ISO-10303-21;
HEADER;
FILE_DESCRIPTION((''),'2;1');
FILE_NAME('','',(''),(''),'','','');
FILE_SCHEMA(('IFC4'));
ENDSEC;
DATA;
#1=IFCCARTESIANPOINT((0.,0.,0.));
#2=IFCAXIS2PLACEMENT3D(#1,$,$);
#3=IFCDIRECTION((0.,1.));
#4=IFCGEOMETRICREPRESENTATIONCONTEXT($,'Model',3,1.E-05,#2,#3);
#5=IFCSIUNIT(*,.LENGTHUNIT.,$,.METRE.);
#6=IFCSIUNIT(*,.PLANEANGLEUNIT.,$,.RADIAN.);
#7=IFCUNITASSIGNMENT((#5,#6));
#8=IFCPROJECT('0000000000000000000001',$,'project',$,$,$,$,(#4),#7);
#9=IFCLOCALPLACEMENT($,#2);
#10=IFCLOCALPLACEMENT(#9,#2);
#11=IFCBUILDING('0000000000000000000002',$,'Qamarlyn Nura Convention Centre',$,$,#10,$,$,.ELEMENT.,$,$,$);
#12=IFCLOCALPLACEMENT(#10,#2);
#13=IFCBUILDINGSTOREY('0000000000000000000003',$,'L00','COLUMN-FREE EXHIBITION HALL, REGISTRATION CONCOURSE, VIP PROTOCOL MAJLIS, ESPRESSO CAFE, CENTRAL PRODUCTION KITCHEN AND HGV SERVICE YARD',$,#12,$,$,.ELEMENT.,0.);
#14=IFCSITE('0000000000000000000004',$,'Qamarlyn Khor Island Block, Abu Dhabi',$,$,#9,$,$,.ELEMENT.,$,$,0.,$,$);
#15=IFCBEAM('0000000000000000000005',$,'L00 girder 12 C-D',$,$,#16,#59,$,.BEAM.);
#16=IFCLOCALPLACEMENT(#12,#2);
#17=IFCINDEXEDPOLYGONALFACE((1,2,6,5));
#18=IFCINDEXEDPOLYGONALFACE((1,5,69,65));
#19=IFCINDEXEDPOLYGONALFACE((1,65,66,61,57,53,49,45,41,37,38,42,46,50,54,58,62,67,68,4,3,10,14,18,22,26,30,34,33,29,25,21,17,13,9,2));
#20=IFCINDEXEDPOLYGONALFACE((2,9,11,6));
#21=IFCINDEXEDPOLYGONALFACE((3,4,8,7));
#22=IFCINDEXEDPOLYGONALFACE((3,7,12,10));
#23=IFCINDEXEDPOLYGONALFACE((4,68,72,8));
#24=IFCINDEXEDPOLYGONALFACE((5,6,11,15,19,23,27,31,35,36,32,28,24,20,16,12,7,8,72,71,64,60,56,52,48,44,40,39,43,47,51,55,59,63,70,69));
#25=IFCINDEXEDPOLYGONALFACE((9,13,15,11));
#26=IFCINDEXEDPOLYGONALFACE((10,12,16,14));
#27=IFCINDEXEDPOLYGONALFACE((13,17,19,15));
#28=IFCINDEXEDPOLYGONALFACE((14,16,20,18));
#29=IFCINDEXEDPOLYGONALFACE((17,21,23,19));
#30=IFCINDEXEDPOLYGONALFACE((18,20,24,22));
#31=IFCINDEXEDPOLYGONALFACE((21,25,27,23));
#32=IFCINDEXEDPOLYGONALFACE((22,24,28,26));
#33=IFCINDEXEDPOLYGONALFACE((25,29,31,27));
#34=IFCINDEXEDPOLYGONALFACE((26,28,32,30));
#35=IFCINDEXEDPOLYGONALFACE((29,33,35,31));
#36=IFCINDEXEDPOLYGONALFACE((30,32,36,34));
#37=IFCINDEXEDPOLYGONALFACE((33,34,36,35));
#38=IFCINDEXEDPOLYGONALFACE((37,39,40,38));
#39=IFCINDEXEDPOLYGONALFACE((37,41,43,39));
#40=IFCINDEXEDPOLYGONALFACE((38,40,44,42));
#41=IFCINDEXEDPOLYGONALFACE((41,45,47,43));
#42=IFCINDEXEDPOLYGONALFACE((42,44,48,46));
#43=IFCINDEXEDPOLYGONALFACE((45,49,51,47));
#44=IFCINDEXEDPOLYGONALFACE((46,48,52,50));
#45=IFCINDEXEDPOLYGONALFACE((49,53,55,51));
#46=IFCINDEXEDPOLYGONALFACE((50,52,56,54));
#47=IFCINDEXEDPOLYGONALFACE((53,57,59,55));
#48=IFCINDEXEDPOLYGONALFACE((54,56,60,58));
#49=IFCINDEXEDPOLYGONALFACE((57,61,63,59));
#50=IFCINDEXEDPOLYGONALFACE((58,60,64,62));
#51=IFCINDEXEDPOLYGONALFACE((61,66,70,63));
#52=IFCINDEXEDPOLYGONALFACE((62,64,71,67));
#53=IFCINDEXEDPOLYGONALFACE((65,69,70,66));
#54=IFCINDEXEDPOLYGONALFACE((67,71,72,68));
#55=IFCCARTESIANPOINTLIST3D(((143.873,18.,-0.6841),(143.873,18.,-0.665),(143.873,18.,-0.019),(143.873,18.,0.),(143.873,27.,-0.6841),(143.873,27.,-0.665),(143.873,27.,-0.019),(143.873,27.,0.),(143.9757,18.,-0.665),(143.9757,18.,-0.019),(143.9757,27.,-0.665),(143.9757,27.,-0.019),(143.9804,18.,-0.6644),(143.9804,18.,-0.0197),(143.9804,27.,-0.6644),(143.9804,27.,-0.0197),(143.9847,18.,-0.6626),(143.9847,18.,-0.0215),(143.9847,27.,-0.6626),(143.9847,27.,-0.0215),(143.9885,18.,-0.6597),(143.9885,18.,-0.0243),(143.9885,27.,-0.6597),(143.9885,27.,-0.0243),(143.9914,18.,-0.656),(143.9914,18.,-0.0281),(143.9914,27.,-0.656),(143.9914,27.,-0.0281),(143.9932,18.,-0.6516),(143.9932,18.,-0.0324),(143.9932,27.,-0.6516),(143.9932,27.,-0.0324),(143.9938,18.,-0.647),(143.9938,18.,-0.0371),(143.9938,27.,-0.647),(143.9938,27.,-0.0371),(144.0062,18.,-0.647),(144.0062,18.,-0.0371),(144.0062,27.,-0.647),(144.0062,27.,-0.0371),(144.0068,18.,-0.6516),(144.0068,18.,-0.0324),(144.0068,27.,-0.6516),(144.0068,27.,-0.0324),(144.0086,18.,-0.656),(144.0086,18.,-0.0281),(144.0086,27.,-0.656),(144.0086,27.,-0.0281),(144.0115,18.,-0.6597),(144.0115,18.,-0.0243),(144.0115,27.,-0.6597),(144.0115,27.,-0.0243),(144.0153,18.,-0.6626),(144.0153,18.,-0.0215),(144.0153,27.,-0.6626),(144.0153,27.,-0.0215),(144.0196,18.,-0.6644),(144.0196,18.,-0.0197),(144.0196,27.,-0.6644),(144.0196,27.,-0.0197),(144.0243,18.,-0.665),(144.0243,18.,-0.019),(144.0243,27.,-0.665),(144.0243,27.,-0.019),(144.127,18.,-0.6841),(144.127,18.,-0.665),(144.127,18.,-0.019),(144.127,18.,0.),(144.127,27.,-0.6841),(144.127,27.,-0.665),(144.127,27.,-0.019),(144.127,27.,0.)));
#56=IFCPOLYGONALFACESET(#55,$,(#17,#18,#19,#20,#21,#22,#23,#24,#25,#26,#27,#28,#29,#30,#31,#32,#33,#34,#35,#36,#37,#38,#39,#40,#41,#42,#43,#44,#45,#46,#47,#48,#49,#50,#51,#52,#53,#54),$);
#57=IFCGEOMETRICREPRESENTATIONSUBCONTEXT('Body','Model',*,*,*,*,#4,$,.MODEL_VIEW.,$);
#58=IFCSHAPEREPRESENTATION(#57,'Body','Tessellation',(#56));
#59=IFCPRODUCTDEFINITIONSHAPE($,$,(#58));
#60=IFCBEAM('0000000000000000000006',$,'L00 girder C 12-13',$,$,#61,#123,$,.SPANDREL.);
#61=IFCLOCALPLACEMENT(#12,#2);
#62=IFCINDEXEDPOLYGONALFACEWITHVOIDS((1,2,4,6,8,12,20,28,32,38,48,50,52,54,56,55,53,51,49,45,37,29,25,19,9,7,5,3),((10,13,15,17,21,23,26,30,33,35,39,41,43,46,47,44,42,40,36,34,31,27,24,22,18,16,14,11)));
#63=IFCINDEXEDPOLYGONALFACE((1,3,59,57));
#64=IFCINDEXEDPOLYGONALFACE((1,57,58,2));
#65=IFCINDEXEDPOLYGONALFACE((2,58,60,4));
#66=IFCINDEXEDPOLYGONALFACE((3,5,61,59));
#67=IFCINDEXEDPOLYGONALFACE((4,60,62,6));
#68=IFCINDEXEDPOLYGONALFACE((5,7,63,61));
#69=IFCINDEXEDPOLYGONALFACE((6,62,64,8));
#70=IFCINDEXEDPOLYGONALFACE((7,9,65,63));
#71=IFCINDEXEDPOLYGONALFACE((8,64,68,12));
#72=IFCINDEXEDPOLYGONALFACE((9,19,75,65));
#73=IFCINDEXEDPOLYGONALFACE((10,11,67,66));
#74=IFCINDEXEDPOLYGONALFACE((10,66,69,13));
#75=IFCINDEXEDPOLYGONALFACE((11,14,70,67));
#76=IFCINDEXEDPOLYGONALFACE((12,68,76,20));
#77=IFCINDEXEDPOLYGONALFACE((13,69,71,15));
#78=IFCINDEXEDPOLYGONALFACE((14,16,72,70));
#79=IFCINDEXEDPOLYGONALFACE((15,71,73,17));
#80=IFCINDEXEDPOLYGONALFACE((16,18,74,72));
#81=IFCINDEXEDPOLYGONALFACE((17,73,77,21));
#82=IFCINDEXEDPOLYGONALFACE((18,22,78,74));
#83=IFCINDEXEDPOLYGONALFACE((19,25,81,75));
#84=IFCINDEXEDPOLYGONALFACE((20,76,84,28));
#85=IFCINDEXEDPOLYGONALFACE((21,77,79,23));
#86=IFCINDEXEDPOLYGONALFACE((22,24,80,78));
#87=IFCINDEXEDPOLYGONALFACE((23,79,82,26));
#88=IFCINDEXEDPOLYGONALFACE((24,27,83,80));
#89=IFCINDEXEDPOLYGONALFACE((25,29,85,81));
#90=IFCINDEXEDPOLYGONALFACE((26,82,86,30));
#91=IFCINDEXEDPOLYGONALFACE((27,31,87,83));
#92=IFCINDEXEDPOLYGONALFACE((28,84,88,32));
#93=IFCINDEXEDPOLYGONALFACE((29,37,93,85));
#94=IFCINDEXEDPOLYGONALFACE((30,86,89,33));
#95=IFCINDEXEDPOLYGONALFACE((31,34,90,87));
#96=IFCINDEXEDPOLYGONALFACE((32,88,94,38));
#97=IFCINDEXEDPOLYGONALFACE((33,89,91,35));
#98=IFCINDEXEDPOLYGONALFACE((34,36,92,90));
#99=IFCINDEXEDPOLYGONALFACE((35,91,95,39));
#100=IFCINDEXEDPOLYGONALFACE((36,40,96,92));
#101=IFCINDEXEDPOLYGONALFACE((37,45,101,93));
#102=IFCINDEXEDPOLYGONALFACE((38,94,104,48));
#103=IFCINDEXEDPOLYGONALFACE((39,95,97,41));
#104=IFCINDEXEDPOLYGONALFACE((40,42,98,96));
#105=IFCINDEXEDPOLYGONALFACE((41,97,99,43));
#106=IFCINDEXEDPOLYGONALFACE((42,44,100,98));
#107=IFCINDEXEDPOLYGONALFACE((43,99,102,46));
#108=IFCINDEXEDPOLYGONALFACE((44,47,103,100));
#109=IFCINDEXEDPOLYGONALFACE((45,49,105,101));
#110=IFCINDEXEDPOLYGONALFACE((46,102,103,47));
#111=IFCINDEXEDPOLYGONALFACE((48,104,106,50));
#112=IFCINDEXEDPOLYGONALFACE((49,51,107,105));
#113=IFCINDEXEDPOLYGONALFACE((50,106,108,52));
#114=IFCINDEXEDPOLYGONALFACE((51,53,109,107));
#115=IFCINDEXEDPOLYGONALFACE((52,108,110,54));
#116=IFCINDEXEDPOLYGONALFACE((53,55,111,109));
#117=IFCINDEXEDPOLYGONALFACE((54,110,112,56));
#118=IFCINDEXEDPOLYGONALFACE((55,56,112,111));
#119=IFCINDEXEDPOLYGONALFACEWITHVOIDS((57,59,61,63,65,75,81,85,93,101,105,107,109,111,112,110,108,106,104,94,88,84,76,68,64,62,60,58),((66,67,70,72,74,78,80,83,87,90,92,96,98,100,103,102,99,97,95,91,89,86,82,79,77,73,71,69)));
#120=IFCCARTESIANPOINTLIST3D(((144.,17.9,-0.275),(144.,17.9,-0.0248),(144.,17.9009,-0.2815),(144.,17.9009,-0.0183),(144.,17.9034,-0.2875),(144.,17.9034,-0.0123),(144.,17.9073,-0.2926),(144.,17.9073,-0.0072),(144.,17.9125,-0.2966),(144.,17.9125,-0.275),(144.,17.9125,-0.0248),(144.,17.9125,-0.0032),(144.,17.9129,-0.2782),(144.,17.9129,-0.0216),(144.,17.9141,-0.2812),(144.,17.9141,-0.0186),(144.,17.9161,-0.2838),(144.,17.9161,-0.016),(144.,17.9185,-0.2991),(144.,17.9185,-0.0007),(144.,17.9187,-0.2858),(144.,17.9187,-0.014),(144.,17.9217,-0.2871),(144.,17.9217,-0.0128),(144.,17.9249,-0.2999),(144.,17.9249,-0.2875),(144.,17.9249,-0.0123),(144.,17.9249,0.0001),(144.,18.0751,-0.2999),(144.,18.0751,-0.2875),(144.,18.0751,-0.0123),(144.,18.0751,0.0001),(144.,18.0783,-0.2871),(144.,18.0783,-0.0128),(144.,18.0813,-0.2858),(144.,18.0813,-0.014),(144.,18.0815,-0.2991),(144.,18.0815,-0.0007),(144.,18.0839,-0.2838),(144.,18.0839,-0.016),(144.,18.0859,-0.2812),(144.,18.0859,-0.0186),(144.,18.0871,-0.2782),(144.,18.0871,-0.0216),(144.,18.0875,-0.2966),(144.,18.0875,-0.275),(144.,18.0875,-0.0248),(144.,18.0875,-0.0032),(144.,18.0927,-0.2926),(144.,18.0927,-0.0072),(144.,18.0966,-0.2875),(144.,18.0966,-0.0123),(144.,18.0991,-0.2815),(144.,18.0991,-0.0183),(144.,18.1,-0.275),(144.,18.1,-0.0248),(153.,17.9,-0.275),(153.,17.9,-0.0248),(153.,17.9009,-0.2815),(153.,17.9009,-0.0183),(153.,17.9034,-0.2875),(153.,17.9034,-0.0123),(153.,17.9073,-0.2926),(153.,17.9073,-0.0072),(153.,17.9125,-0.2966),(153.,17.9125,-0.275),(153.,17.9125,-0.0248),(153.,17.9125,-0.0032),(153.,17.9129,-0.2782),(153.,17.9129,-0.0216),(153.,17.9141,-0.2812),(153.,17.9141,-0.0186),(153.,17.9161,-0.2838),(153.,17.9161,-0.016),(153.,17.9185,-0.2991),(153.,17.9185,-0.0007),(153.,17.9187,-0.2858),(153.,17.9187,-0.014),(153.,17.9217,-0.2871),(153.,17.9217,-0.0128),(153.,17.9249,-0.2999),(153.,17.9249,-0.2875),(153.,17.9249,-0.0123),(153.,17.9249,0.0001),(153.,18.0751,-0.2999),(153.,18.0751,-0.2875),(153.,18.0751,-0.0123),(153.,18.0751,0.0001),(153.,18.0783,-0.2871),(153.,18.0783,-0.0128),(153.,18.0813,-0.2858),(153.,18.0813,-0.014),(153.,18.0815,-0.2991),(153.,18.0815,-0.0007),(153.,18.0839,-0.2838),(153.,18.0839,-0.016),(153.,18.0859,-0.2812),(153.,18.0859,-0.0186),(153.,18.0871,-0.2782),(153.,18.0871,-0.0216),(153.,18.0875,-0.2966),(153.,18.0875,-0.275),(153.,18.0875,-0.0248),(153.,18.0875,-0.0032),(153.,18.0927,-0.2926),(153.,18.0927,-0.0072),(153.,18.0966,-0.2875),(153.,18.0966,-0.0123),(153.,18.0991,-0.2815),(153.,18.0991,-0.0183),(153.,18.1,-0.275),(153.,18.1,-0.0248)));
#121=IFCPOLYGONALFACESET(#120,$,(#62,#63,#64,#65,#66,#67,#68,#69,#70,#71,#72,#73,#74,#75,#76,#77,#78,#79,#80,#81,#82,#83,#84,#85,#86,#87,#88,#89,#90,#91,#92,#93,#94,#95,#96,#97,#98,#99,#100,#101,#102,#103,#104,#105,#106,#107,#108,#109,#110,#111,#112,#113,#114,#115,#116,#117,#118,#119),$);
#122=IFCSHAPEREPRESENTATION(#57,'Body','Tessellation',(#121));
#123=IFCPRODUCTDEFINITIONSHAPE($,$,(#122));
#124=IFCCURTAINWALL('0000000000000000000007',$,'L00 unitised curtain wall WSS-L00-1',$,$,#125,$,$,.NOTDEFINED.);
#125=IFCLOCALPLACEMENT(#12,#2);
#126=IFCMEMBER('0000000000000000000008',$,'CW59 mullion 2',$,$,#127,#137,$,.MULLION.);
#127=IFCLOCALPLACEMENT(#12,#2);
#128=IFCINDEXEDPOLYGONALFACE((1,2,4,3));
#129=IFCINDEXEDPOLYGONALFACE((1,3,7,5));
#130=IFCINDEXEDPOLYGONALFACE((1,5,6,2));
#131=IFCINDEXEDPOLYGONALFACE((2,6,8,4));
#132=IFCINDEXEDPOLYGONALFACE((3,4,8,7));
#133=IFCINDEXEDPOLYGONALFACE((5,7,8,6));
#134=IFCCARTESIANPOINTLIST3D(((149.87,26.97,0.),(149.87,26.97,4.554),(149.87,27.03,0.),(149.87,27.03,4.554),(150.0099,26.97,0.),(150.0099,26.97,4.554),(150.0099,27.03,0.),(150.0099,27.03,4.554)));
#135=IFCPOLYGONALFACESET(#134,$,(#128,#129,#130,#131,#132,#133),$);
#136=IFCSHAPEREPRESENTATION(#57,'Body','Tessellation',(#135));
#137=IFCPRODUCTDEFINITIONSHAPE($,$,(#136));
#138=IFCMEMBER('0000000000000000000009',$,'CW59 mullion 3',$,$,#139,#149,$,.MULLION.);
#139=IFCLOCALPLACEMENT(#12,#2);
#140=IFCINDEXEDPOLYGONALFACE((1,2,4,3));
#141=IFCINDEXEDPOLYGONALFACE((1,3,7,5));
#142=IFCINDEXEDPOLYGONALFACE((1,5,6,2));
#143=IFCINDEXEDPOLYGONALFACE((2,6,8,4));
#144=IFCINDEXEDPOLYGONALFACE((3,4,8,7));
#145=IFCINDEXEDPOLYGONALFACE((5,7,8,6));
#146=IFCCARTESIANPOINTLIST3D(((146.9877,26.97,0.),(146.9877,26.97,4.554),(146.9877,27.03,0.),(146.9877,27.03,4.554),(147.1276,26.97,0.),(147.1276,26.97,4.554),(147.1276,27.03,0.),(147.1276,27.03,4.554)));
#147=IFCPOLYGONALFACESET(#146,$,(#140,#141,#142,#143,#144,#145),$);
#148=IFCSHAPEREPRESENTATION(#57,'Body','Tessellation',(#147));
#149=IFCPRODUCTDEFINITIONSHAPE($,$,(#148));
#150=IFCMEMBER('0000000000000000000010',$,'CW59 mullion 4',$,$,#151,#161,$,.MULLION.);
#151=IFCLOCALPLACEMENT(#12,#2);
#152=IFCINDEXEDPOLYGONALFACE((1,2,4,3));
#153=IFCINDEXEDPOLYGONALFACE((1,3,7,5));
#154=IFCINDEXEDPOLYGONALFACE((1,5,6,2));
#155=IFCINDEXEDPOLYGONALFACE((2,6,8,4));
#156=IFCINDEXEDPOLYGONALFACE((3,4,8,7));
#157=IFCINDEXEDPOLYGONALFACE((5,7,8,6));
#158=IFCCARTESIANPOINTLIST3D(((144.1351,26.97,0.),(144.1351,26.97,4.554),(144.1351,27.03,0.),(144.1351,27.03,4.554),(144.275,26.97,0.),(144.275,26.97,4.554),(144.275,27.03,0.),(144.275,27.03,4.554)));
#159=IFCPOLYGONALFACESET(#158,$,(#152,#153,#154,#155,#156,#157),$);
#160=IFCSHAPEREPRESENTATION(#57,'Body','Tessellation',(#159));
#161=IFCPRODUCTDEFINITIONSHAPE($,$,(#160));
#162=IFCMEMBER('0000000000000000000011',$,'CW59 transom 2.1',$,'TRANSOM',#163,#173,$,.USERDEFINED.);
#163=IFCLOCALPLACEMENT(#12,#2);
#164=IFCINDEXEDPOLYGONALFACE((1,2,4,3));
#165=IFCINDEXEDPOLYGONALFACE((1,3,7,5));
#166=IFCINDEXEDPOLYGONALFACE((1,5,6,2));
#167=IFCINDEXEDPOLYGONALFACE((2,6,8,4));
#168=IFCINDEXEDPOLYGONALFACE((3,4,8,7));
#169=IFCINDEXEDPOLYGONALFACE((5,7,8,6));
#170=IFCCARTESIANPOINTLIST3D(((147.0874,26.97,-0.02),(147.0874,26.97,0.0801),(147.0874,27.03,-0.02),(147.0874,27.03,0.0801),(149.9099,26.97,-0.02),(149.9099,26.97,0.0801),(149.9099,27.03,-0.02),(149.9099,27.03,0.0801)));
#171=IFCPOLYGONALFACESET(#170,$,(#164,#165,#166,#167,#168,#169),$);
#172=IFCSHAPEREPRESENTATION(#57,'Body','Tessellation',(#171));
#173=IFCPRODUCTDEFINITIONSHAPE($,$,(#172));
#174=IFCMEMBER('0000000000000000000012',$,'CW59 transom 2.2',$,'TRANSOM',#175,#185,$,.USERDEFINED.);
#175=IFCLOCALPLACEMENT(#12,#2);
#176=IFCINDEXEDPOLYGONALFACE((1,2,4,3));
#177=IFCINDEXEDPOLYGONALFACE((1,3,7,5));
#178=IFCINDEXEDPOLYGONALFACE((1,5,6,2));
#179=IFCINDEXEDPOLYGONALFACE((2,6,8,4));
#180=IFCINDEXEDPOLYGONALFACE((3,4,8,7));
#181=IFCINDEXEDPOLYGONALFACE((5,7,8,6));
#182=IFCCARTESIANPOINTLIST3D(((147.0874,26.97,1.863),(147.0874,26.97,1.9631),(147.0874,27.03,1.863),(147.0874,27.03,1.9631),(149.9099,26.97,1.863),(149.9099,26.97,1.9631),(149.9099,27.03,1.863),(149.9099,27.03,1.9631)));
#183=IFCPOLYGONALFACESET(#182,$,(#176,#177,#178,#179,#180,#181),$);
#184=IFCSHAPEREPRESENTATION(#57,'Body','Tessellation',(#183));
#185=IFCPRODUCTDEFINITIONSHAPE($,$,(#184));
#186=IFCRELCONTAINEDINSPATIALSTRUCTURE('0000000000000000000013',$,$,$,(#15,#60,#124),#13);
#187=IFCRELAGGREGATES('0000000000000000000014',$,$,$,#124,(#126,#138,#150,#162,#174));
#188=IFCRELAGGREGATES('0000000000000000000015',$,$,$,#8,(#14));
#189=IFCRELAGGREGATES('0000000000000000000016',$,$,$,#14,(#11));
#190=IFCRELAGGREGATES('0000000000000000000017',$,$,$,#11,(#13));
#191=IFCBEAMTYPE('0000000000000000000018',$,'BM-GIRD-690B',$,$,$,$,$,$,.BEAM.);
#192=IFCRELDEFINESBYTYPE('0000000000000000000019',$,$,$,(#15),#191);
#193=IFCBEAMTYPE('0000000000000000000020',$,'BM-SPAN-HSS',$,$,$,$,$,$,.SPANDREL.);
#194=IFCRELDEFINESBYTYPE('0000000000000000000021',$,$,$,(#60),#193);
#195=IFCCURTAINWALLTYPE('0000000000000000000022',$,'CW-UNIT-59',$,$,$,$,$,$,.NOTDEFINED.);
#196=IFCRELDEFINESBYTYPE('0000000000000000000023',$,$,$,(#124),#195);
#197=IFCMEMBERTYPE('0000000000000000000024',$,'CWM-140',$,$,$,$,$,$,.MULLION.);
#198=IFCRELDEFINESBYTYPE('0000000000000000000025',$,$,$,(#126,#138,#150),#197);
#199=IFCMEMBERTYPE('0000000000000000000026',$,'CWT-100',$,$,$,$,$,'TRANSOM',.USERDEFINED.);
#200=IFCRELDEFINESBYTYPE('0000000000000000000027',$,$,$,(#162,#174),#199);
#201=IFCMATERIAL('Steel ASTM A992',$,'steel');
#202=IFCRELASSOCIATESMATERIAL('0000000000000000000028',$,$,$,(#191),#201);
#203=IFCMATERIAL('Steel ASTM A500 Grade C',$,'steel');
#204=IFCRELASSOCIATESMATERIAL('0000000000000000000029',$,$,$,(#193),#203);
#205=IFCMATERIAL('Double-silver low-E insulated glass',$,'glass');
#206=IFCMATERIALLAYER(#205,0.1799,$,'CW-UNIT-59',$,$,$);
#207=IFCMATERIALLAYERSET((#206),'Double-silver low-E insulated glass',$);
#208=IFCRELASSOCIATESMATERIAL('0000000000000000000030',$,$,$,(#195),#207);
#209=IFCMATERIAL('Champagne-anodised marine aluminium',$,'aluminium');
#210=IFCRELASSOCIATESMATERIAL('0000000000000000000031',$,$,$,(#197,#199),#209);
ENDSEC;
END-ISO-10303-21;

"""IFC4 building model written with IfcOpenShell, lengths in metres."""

from ifc_helpers import new_model, si_unit, direction, frame, origin, origin_2d, place, context, subcontext, project, spatial, rectangle, hollow_rectangle, i_section, extrude, material, layer, layer_set, material_profile, profile_set, type_object, element, aggregate, save


model = new_model("IFC4")

# Units and contexts
model_context = context("Model", 3, precision=1e-05, world=origin(), true_north=direction((0.0, 1.0)))
body_context = subcontext(model_context, "Body", "Model", "MODEL_VIEW")
ifc_project = project(units=[si_unit("LENGTHUNIT", "METRE"), si_unit("PLANEANGLEUNIT", "RADIAN")], contexts=[model_context])

# Site, building, storey
site_placement = place(None, origin())
site = spatial("IfcSite", under=ifc_project, at=site_placement, Name="Qamarlyn Khor Island Block, Abu Dhabi", CompositionType="ELEMENT", RefElevation=0.0)
building_placement = place(site_placement, origin())
building = spatial("IfcBuilding", under=site, at=building_placement, Name="Qamarlyn Nura Convention Centre", CompositionType="ELEMENT")
storey_placement = place(building_placement, origin())
storey = spatial("IfcBuildingStorey", under=building, at=storey_placement, Name="L00", Description="COLUMN-FREE EXHIBITION HALL, REGISTRATION CONCOURSE, VIP PROTOCOL MAJLIS, ESPRESSO CAFE, CENTRAL PRODUCTION KITCHEN AND HGV SERVICE YARD", CompositionType="ELEMENT", Elevation=0.0)

# Shared definitions
ifc_material_1 = material(Name="Steel ASTM A500 Grade C", Category="steel")

# Beams
ifc_material_2 = material(Name="Steel ASTM A992", Category="steel")
ifc_material_profile_1 = material_profile(ifc_material_2, i_section(OverallWidth=0.2539, OverallDepth=0.6841, WebThickness=0.0125, FlangeThickness=0.019, FilletRadius=0.0181, at=origin_2d()), Name="W690X140")
ifc_profile_set_1 = profile_set([ifc_material_profile_1], Name="Steel ASTM A992")
beam_type_1 = type_object("IfcBeamType", Name="BM-GIRD-690B", PredefinedType="BEAM", material=ifc_profile_set_1)
beam_1_placement = place(storey_placement, frame((144.0, 18.0, -0.342), z_axis=(0.0, 1.0, 0.0), x_axis=(-1.0, 0.0, 0.0)))
element("IfcBeam", 1, at=beam_1_placement, inside=storey, type_object=beam_type_1, Name="L00 girder 12 C-D", PredefinedType="BEAM", context=body_context, shape_type="SweptSolid", body=[
    extrude(i_section(OverallWidth=0.2539, OverallDepth=0.6841, WebThickness=0.0125, FlangeThickness=0.019, FilletRadius=0.0181, at=origin_2d()), origin(), (0.0, 0.0, 1.0), 9.0),
])
ifc_material_profile_2 = material_profile(ifc_material_1, hollow_rectangle(XDim=0.2, YDim=0.3, WallThickness=0.0125, InnerFilletRadius=0.0125, OuterFilletRadius=0.0249, at=origin_2d()), Name="HSS300X200X12.5")
ifc_profile_set_2 = profile_set([ifc_material_profile_2], Name="Steel ASTM A500 Grade C")
beam_type_2 = type_object("IfcBeamType", Name="BM-SPAN-HSS", PredefinedType="SPANDREL", material=ifc_profile_set_2)
beam_2_placement = place(storey_placement, frame((144.0, 18.0, -0.1499), z_axis=(1.0, 0.0, 0.0), x_axis=(0.0, 1.0, 0.0)))
element("IfcBeam", 2, at=beam_2_placement, inside=storey, type_object=beam_type_2, Name="L00 girder C 12-13", PredefinedType="SPANDREL", context=body_context, shape_type="SweptSolid", body=[
    extrude(hollow_rectangle(XDim=0.2, YDim=0.3, WallThickness=0.0125, InnerFilletRadius=0.0125, OuterFilletRadius=0.0249, at=origin_2d()), origin(), (0.0, 0.0, 1.0), 9.0),
])

# Curtain wall, members
ifc_material_3 = material(Name="Double-silver low-E insulated glass", Category="glass")
ifc_layer_1 = layer(ifc_material_3, 0.1799, Name="CW-UNIT-59")
ifc_layer_set_1 = layer_set([ifc_layer_1], Name="Double-silver low-E insulated glass")
curtain_wall_type = type_object("IfcCurtainWallType", Name="CW-UNIT-59", PredefinedType="NOTDEFINED", material=ifc_layer_set_1)
curtain_wall_placement = place(storey_placement, origin())
curtain_wall = element("IfcCurtainWall", 3, at=curtain_wall_placement, inside=storey, type_object=curtain_wall_type, Name="L00 unitised curtain wall WSS-L00-1", PredefinedType="NOTDEFINED")
ifc_material_4 = material(Name="Champagne-anodised marine aluminium", Category="aluminium")
ifc_material_profile_3 = material_profile(ifc_material_4, rectangle(XDim=0.0601, YDim=0.1399, at=origin_2d()), Name="ALU MULLION 60x140")
ifc_profile_set_3 = profile_set([ifc_material_profile_3], Name="Champagne-anodised marine aluminium")
member_type_1 = type_object("IfcMemberType", Name="CWM-140", PredefinedType="MULLION", material=ifc_profile_set_3)
member_1_placement = place(storey_placement, frame((149.9399, 27.0, 0.0), z_axis=(0.0, 0.0, 1.0), x_axis=(0.0, -1.0, 0.0)))
member_1 = element("IfcMember", 4, at=member_1_placement, type_object=member_type_1, Name="CW59 mullion 2", PredefinedType="MULLION", context=body_context, shape_type="SweptSolid", body=[
    extrude(rectangle(XDim=0.0601, YDim=0.1399, at=origin_2d()), origin(), (0.0, 0.0, 1.0), 4.554),
])
member_2_placement = place(storey_placement, frame((147.0576, 27.0, 0.0), z_axis=(0.0, 0.0, 1.0), x_axis=(0.0, -1.0, 0.0)))
member_2 = element("IfcMember", 5, at=member_2_placement, type_object=member_type_1, Name="CW59 mullion 3", PredefinedType="MULLION", context=body_context, shape_type="SweptSolid", body=[
    extrude(rectangle(XDim=0.0601, YDim=0.1399, at=origin_2d()), origin(), (0.0, 0.0, 1.0), 4.554),
])
member_3_placement = place(storey_placement, frame((144.2051, 27.0, 0.0), z_axis=(0.0, 0.0, 1.0), x_axis=(0.0, -1.0, 0.0)))
member_3 = element("IfcMember", 6, at=member_3_placement, type_object=member_type_1, Name="CW59 mullion 4", PredefinedType="MULLION", context=body_context, shape_type="SweptSolid", body=[
    extrude(rectangle(XDim=0.0601, YDim=0.1399, at=origin_2d()), origin(), (0.0, 0.0, 1.0), 4.554),
])
ifc_material_profile_4 = material_profile(ifc_material_4, rectangle(XDim=0.0601, YDim=0.1001, at=origin_2d()), Name="ALU TRANSOM 60x100")
ifc_profile_set_4 = profile_set([ifc_material_profile_4], Name="Champagne-anodised marine aluminium")
member_type_2 = type_object("IfcMemberType", Name="CWT-100", ElementType="TRANSOM", PredefinedType="USERDEFINED", material=ifc_profile_set_4)
member_4_placement = place(storey_placement, frame((149.9099, 27.0, 0.03), z_axis=(-1.0, 0.0, 0.0), x_axis=(0.0, -1.0, 0.0)))
member_4 = element("IfcMember", 7, at=member_4_placement, type_object=member_type_2, Name="CW59 transom 2.1", ObjectType="TRANSOM", PredefinedType="USERDEFINED", context=body_context, shape_type="SweptSolid", body=[
    extrude(rectangle(XDim=0.0601, YDim=0.1001, at=origin_2d()), origin(), (0.0, 0.0, 1.0), 2.8225),
])
member_5_placement = place(storey_placement, frame((149.9099, 27.0, 1.9131), z_axis=(-1.0, 0.0, 0.0), x_axis=(0.0, -1.0, 0.0)))
member_5 = element("IfcMember", 8, at=member_5_placement, type_object=member_type_2, Name="CW59 transom 2.2", ObjectType="TRANSOM", PredefinedType="USERDEFINED", context=body_context, shape_type="SweptSolid", body=[
    extrude(rectangle(XDim=0.0601, YDim=0.1001, at=origin_2d()), origin(), (0.0, 0.0, 1.0), 2.8225),
])
aggregate(curtain_wall, [member_1, member_2, member_3, member_4, member_5])

save(model, "model.ifc")
